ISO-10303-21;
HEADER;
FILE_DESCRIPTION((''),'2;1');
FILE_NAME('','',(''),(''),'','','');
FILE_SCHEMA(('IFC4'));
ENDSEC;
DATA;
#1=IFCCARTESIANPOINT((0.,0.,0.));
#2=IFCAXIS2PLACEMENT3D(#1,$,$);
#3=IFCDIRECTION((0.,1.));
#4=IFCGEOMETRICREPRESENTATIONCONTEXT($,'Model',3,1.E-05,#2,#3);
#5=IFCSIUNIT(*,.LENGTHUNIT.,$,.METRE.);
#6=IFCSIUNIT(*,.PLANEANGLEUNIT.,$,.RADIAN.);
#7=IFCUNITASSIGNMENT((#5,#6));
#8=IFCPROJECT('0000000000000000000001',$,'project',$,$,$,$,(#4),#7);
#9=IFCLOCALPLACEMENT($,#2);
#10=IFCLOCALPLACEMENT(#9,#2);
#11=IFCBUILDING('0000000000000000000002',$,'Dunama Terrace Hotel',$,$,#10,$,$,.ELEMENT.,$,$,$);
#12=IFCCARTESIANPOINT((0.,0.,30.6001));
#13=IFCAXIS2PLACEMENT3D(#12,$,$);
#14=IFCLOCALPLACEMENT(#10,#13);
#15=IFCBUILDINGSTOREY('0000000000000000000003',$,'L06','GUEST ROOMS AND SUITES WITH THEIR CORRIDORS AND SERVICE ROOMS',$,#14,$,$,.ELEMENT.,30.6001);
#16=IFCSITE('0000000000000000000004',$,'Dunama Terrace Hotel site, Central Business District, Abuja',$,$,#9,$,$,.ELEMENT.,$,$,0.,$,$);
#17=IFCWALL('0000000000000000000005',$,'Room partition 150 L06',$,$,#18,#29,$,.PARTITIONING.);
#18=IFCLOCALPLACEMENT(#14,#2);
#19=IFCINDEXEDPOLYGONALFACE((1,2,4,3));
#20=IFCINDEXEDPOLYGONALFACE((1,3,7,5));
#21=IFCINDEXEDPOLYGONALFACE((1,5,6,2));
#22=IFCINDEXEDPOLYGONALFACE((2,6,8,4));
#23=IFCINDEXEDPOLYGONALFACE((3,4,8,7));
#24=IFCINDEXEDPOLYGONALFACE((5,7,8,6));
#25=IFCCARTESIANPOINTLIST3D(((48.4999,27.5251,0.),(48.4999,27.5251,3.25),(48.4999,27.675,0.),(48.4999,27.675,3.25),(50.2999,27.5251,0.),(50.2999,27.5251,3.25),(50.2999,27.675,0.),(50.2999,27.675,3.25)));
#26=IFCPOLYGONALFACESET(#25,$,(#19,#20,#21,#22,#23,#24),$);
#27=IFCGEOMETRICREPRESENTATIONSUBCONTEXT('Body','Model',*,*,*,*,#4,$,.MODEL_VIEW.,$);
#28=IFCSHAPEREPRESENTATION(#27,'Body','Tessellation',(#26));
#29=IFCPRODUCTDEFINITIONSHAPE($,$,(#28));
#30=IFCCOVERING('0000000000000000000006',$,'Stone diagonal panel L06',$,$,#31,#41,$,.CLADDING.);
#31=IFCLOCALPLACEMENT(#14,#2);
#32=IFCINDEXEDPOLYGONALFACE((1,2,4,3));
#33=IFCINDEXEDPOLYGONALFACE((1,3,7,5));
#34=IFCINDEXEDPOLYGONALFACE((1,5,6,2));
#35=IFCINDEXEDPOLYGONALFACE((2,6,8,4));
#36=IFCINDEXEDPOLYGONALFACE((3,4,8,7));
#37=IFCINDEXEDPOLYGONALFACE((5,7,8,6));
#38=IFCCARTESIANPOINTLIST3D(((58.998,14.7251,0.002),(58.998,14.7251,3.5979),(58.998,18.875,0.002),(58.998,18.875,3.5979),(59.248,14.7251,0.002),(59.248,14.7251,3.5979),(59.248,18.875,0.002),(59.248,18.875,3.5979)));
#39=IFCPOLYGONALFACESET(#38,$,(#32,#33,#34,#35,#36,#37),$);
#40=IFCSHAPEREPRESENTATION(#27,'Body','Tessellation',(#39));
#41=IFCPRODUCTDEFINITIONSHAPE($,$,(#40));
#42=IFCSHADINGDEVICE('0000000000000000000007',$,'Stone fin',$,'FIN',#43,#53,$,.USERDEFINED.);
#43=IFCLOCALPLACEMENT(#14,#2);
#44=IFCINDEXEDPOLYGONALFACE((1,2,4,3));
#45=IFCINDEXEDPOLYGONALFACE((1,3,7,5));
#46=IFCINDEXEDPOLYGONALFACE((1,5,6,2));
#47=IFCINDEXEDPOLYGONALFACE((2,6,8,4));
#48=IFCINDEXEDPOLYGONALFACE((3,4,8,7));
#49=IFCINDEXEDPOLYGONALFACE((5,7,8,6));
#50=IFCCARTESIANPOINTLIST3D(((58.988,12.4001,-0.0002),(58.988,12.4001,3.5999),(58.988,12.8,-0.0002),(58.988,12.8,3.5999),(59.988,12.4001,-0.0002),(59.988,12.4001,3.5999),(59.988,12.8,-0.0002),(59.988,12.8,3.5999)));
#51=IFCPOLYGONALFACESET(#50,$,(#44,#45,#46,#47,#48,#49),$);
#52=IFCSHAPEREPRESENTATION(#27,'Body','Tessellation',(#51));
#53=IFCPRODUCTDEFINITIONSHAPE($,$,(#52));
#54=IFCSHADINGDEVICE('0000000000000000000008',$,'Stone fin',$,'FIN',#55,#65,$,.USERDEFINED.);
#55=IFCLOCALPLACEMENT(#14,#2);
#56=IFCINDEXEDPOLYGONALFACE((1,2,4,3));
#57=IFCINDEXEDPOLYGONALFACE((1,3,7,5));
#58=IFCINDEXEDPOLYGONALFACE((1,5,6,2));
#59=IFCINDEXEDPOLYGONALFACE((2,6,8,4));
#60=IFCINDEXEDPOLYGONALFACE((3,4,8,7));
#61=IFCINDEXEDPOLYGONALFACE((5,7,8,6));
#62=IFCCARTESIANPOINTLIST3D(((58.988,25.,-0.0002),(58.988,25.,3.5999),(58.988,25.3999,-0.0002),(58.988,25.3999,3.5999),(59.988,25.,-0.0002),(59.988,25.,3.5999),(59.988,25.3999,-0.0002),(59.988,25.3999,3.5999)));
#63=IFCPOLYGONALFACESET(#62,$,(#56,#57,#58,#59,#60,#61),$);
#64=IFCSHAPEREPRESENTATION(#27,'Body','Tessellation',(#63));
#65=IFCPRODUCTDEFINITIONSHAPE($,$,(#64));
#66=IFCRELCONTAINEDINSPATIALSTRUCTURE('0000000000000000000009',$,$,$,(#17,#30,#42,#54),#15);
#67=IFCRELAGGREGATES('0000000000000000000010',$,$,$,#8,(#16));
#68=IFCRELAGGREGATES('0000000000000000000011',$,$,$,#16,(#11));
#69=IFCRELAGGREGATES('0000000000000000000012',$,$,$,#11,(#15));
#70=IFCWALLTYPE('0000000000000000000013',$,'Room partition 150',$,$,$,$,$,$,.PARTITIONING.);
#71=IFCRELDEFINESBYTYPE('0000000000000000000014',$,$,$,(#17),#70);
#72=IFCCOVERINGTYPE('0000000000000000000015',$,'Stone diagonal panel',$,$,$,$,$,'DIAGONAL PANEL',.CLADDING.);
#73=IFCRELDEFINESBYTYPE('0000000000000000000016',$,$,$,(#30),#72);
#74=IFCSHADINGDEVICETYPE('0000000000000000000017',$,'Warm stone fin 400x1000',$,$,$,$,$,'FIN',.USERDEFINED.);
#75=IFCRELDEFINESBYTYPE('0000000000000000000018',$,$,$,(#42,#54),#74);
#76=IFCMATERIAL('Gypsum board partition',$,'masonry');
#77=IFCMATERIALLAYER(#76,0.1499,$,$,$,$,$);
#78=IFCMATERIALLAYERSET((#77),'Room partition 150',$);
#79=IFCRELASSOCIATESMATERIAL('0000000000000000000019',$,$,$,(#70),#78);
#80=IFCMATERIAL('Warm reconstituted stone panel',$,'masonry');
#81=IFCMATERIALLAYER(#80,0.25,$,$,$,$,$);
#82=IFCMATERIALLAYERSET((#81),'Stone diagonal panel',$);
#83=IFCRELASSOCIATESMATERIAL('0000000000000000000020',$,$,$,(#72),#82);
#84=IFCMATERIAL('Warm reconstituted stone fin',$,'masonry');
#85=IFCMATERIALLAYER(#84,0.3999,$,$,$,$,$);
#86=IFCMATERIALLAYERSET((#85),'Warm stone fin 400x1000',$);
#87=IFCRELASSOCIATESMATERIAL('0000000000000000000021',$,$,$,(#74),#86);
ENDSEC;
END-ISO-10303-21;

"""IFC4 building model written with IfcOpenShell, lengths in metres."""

from ifc_helpers import new_model, si_unit, direction, frame, frame_2d, origin, origin_2d, place, context, subcontext, project, spatial, rectangle, extrude, material, layer, layer_set, type_object, element, save


model = new_model("IFC4")

# Units and contexts
model_context = context("Model", 3, precision=1e-05, world=origin(), true_north=direction((0.0, 1.0)))
body_context = subcontext(model_context, "Body", "Model", "MODEL_VIEW")
ifc_project = project(units=[si_unit("LENGTHUNIT", "METRE"), si_unit("PLANEANGLEUNIT", "RADIAN")], contexts=[model_context])

# Site, building, storey
site_placement = place(None, origin())
site = spatial("IfcSite", under=ifc_project, at=site_placement, Name="Dunama Terrace Hotel site, Central Business District, Abuja", CompositionType="ELEMENT", RefElevation=0.0)
building_placement = place(site_placement, origin())
building = spatial("IfcBuilding", under=site, at=building_placement, Name="Dunama Terrace Hotel", CompositionType="ELEMENT")
storey_placement = place(building_placement, frame((0.0, 0.0, 30.6001)))
storey = spatial("IfcBuildingStorey", under=building, at=storey_placement, Name="L06", Description="GUEST ROOMS AND SUITES WITH THEIR CORRIDORS AND SERVICE ROOMS", CompositionType="ELEMENT", Elevation=30.6001)

# Shared definitions
ifc_material_1 = material(Name="Gypsum board partition", Category="masonry")
ifc_layer_1 = layer(ifc_material_1, 0.1499)
ifc_layer_set_1 = layer_set([ifc_layer_1], Name="Room partition 150")
wall_type_1 = type_object("IfcWallType", Name="Room partition 150", PredefinedType="PARTITIONING", material=ifc_layer_set_1)

# Wall
wall_1_placement = place(storey_placement, frame((48.5, 27.6001, 0.0), z_axis=(0.0, 0.0, 1.0), x_axis=(1.0, 0.0, 0.0)))
element("IfcWall", 1, at=wall_1_placement, inside=storey, type_object=wall_type_1, Name="Room partition 150 L06", PredefinedType="PARTITIONING", context=body_context, shape_type="SweptSolid", body=[
    extrude(rectangle(XDim=1.8, YDim=0.1499, at=frame_2d((0.8999, 0.0))), origin(), (0.0, 0.0, 1.0), 3.25),
])

# Covering
ifc_material_2 = material(Name="Warm reconstituted stone panel", Category="masonry")
ifc_layer_2 = layer(ifc_material_2, 0.25)
ifc_layer_set_2 = layer_set([ifc_layer_2], Name="Stone diagonal panel")
covering_type = type_object("IfcCoveringType", Name="Stone diagonal panel", ElementType="DIAGONAL PANEL", PredefinedType="CLADDING", material=ifc_layer_set_2)
covering_placement = place(storey_placement, frame((59.123, 16.8, 0.002), z_axis=(0.0, 0.0, 1.0), x_axis=(0.0, 1.0, 0.0)))
element("IfcCovering", 2, at=covering_placement, inside=storey, type_object=covering_type, Name="Stone diagonal panel L06", PredefinedType="CLADDING", context=body_context, shape_type="SweptSolid", body=[
    extrude(rectangle(XDim=4.1499, YDim=0.25, at=origin_2d()), origin(), (0.0, 0.0, 1.0), 3.5959),
])

# Shading devices
ifc_material_3 = material(Name="Warm reconstituted stone fin", Category="masonry")
ifc_layer_3 = layer(ifc_material_3, 0.3999)
ifc_layer_set_3 = layer_set([ifc_layer_3], Name="Warm stone fin 400x1000")
shading_device_type = type_object("IfcShadingDeviceType", Name="Warm stone fin 400x1000", ElementType="FIN", PredefinedType="USERDEFINED", material=ifc_layer_set_3)
for number, where, z_axis, x_axis, name in (
    (3, (59.488, 12.6001, -0.0002), (0.0, 0.0, 1.0), (0.0, 1.0, 0.0), "Stone fin"),
    (4, (59.488, 25.2, -0.0002), (0.0, 0.0, 1.0), (0.0, 1.0, 0.0), "Stone fin"),
):
    element("IfcShadingDevice", number, at=place(storey_placement, frame(where, z_axis=z_axis, x_axis=x_axis)), inside=storey, type_object=shading_device_type, Name=name, ObjectType="FIN", PredefinedType="USERDEFINED", context=body_context, shape_type="SweptSolid", body=[
        extrude(rectangle(XDim=0.3999, YDim=1.0, at=origin_2d()), origin(), (0.0, 0.0, 1.0), 3.6001),
    ])

save(model, "model.ifc")
